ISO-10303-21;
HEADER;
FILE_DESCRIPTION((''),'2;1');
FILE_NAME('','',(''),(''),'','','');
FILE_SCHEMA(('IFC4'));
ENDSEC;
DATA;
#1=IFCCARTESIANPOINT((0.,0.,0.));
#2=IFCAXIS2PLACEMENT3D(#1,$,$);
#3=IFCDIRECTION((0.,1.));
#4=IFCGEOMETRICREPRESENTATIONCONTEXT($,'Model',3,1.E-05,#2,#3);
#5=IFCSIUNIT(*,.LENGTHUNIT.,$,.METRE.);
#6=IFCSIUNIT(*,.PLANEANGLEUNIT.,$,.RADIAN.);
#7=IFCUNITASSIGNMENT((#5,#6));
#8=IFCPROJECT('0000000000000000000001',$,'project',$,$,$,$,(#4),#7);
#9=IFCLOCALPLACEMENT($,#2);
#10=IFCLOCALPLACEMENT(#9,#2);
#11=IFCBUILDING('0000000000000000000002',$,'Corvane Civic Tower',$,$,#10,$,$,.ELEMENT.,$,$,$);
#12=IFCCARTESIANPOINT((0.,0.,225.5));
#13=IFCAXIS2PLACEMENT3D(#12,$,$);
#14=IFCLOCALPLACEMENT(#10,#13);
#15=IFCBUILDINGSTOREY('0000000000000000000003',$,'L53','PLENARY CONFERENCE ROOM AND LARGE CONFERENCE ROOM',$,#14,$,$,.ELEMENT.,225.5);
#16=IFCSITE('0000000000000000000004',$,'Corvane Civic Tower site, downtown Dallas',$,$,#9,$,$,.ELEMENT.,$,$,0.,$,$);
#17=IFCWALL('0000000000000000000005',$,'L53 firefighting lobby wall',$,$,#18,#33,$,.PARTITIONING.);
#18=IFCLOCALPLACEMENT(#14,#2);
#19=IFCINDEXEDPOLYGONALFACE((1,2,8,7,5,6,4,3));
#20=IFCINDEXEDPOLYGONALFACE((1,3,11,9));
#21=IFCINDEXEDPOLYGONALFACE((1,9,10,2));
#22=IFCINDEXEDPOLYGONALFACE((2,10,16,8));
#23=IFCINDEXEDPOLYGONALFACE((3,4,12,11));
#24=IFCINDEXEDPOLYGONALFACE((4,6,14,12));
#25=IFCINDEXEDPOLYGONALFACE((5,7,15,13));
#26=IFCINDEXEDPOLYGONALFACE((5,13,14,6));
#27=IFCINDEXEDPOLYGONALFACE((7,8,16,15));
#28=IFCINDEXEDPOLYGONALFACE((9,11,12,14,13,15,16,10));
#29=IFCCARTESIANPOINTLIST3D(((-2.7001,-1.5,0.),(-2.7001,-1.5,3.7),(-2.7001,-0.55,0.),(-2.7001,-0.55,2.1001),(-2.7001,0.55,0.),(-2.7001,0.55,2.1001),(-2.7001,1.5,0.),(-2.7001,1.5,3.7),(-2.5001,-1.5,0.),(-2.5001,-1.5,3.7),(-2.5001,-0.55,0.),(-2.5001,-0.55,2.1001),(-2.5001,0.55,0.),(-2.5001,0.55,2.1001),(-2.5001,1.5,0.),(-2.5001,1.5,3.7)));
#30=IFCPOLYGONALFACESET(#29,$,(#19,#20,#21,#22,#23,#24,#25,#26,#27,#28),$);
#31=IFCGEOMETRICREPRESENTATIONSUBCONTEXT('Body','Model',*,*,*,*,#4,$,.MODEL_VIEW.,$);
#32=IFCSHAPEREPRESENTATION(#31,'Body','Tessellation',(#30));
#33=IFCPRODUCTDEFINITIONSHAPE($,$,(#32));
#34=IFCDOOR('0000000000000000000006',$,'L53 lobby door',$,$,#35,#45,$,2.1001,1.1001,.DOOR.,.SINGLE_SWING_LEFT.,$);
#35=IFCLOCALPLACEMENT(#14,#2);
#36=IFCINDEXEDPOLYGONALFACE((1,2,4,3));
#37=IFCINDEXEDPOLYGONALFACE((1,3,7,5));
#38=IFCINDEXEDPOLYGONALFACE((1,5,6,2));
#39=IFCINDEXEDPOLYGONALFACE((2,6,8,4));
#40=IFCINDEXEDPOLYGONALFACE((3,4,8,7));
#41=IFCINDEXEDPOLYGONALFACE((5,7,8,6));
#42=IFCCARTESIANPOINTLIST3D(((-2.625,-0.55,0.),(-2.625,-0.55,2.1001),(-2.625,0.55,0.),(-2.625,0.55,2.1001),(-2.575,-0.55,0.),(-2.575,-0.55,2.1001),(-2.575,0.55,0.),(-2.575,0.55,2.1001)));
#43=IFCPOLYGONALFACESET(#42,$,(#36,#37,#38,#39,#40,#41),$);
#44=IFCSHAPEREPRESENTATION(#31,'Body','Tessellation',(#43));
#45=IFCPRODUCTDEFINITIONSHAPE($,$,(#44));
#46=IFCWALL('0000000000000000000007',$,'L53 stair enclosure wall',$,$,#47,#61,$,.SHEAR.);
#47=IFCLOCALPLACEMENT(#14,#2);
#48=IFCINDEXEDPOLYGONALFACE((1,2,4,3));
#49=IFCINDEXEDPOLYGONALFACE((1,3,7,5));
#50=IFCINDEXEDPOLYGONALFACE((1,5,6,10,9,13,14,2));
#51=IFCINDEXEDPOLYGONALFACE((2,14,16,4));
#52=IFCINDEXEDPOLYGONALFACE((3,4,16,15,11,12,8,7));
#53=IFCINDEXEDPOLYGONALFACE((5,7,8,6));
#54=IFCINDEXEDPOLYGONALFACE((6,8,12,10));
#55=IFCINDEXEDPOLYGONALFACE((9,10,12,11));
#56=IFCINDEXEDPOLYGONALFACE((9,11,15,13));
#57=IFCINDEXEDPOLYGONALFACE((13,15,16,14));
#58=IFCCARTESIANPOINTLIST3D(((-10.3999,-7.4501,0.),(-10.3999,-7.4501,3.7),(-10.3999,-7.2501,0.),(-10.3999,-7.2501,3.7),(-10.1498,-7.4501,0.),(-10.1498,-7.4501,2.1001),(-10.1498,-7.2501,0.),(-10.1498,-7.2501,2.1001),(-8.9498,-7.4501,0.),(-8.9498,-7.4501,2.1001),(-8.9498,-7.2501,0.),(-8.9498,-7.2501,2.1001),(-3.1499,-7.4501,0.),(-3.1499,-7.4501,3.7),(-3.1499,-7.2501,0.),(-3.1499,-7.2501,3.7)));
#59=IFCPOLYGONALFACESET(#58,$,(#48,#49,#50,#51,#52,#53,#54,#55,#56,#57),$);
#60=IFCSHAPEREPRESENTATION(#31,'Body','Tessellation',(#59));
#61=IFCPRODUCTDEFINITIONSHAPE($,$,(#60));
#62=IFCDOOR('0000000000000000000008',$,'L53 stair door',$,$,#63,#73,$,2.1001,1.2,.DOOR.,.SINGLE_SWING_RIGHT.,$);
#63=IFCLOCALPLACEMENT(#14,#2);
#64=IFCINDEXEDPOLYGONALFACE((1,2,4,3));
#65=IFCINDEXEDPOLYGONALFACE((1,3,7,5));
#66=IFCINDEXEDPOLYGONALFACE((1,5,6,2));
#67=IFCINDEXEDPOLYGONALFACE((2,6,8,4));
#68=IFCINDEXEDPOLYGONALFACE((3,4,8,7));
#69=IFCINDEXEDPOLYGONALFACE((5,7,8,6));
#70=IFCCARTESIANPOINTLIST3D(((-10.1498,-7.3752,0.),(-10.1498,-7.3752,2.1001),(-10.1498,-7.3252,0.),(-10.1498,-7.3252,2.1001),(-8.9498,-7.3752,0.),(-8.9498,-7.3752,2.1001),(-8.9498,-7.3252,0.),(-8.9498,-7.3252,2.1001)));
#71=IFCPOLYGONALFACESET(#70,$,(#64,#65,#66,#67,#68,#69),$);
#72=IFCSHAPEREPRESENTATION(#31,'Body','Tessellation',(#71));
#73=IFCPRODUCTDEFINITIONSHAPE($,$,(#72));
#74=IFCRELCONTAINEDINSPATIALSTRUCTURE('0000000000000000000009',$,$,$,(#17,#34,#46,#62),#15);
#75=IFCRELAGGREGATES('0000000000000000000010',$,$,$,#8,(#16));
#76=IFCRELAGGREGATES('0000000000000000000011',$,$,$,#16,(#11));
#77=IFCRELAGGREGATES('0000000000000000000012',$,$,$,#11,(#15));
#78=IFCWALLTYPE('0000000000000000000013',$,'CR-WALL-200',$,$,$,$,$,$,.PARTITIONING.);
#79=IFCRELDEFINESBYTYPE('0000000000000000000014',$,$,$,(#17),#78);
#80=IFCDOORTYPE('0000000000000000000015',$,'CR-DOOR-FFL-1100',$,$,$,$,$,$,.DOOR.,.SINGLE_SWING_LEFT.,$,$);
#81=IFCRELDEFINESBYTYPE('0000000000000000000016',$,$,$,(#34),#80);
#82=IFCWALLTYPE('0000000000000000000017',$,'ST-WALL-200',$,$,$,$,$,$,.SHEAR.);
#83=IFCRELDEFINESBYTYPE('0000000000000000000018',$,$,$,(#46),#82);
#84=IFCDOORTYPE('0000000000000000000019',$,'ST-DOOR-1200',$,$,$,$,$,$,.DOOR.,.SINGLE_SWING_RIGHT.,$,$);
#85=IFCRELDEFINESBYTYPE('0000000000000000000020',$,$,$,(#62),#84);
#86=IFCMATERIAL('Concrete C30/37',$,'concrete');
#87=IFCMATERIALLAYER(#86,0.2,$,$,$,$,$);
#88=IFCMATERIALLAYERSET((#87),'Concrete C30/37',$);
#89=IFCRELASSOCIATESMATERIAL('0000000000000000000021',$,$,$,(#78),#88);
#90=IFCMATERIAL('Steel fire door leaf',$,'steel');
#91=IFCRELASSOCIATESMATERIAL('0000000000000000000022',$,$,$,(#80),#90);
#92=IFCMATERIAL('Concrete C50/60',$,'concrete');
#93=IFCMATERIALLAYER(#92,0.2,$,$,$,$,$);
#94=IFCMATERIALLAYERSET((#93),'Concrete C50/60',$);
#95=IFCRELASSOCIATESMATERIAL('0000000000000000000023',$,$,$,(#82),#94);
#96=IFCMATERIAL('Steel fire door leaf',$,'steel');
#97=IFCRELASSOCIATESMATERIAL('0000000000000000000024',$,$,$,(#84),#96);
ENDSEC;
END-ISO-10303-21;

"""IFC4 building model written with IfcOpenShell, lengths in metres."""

from ifc_helpers import new_model, si_unit, direction, frame, frame_2d, origin, place, context, subcontext, project, spatial, rectangle, extrude, material, layer, layer_set, type_object, element, fill, save


model = new_model("IFC4")

# Units and contexts
model_context = context("Model", 3, precision=1e-05, world=origin(), true_north=direction((0.0, 1.0)))
body_context = subcontext(model_context, "Body", "Model", "MODEL_VIEW")
ifc_project = project(units=[si_unit("LENGTHUNIT", "METRE"), si_unit("PLANEANGLEUNIT", "RADIAN")], contexts=[model_context])

# Site, building, storey
site_placement = place(None, origin())
site = spatial("IfcSite", under=ifc_project, at=site_placement, Name="Corvane Civic Tower site, downtown Dallas", CompositionType="ELEMENT", RefElevation=0.0)
building_placement = place(site_placement, origin())
building = spatial("IfcBuilding", under=site, at=building_placement, Name="Corvane Civic Tower", CompositionType="ELEMENT")
storey_placement = place(building_placement, frame((0.0, 0.0, 225.5)))
storey = spatial("IfcBuildingStorey", under=building, at=storey_placement, Name="L53", Description="PLENARY CONFERENCE ROOM AND LARGE CONFERENCE ROOM", CompositionType="ELEMENT", Elevation=225.5)

# Shared definitions
ifc_material_1 = material(Name="Concrete C30/37", Category="concrete")
ifc_layer_1 = layer(ifc_material_1, 0.2)
ifc_layer_set_1 = layer_set([ifc_layer_1], Name="Concrete C30/37")
wall_type_1 = type_object("IfcWallType", Name="CR-WALL-200", PredefinedType="PARTITIONING", material=ifc_layer_set_1)

# Walls, openings, doors
wall_1_placement = place(storey_placement, frame((-2.6001, -1.5, 0.0), z_axis=(0.0, 0.0, 1.0), x_axis=(0.0, 1.0, 0.0)))
wall_1 = element("IfcWall", 1, at=wall_1_placement, inside=storey, type_object=wall_type_1, Name="L53 firefighting lobby wall", PredefinedType="PARTITIONING", context=body_context, shape_type="SweptSolid", body=[
    extrude(rectangle(XDim=3.0, YDim=0.2, at=frame_2d((1.5, 0.0))), origin(), (0.0, 0.0, 1.0), 3.7),
])
opening_1_placement = place(wall_1_placement, frame((0.95, 0.0, 0.0)))
opening_1 = element("IfcOpeningElement", 2, at=opening_1_placement, cuts=wall_1, PredefinedType="OPENING", context=body_context, shape_type="SweptSolid", body=[
    extrude(rectangle(XDim=1.1001, YDim=2.1001, at=frame_2d((0.55, 1.05))), frame((0.0, 0.1099, 0.0), z_axis=(0.0, -1.0, 0.0), x_axis=(1.0, 0.0, 0.0)), (0.0, 0.0, 1.0), 0.22),
])
ifc_material_2 = material(Name="Steel fire door leaf", Category="steel")
door_type_1 = type_object("IfcDoorType", Name="CR-DOOR-FFL-1100", OperationType="SINGLE_SWING_LEFT", PredefinedType="DOOR", material=ifc_material_2)
door_1_placement = place(opening_1_placement, origin())
door_1 = element("IfcDoor", 3, at=door_1_placement, inside=storey, type_object=door_type_1, Name="L53 lobby door", OperationType="SINGLE_SWING_LEFT", OverallHeight=2.1001, OverallWidth=1.1001, PredefinedType="DOOR", context=body_context, shape_type="SweptSolid", body=[
    extrude(rectangle(XDim=1.1001, YDim=2.1001, at=frame_2d((0.55, 1.05))), frame((0.0, 0.0249, 0.0), z_axis=(0.0, -1.0, 0.0), x_axis=(1.0, 0.0, 0.0)), (0.0, 0.0, 1.0), 0.05),
])
fill(opening_1, door_1)
ifc_material_3 = material(Name="Concrete C50/60", Category="concrete")
ifc_layer_2 = layer(ifc_material_3, 0.2)
ifc_layer_set_2 = layer_set([ifc_layer_2], Name="Concrete C50/60")
wall_type_2 = type_object("IfcWallType", Name="ST-WALL-200", PredefinedType="SHEAR", material=ifc_layer_set_2)
wall_2_placement = place(storey_placement, frame((-10.3999, -7.3501, 0.0), z_axis=(0.0, 0.0, 1.0), x_axis=(1.0, 0.0, 0.0)))
wall_2 = element("IfcWall", 4, at=wall_2_placement, inside=storey, type_object=wall_type_2, Name="L53 stair enclosure wall", PredefinedType="SHEAR", context=body_context, shape_type="SweptSolid", body=[
    extrude(rectangle(XDim=7.25, YDim=0.2, at=frame_2d((3.625, 0.0))), origin(), (0.0, 0.0, 1.0), 3.7),
])
opening_2_placement = place(wall_2_placement, frame((0.25, 0.0, 0.0)))
opening_2 = element("IfcOpeningElement", 5, at=opening_2_placement, cuts=wall_2, PredefinedType="OPENING", context=body_context, shape_type="SweptSolid", body=[
    extrude(rectangle(XDim=1.2, YDim=2.1001, at=frame_2d((0.6001, 1.05))), frame((0.0, 0.1099, 0.0), z_axis=(0.0, -1.0, 0.0), x_axis=(1.0, 0.0, 0.0)), (0.0, 0.0, 1.0), 0.22),
])
ifc_material_4 = material(Name="Steel fire door leaf", Category="steel")
door_type_2 = type_object("IfcDoorType", Name="ST-DOOR-1200", OperationType="SINGLE_SWING_RIGHT", PredefinedType="DOOR", material=ifc_material_4)
door_2_placement = place(opening_2_placement, origin())
door_2 = element("IfcDoor", 6, at=door_2_placement, inside=storey, type_object=door_type_2, Name="L53 stair door", OperationType="SINGLE_SWING_RIGHT", OverallHeight=2.1001, OverallWidth=1.2, PredefinedType="DOOR", context=body_context, shape_type="SweptSolid", body=[
    extrude(rectangle(XDim=1.2, YDim=2.1001, at=frame_2d((0.6001, 1.05))), frame((0.0, 0.0249, 0.0), z_axis=(0.0, -1.0, 0.0), x_axis=(1.0, 0.0, 0.0)), (0.0, 0.0, 1.0), 0.05),
])
fill(opening_2, door_2)

save(model, "model.ifc")
